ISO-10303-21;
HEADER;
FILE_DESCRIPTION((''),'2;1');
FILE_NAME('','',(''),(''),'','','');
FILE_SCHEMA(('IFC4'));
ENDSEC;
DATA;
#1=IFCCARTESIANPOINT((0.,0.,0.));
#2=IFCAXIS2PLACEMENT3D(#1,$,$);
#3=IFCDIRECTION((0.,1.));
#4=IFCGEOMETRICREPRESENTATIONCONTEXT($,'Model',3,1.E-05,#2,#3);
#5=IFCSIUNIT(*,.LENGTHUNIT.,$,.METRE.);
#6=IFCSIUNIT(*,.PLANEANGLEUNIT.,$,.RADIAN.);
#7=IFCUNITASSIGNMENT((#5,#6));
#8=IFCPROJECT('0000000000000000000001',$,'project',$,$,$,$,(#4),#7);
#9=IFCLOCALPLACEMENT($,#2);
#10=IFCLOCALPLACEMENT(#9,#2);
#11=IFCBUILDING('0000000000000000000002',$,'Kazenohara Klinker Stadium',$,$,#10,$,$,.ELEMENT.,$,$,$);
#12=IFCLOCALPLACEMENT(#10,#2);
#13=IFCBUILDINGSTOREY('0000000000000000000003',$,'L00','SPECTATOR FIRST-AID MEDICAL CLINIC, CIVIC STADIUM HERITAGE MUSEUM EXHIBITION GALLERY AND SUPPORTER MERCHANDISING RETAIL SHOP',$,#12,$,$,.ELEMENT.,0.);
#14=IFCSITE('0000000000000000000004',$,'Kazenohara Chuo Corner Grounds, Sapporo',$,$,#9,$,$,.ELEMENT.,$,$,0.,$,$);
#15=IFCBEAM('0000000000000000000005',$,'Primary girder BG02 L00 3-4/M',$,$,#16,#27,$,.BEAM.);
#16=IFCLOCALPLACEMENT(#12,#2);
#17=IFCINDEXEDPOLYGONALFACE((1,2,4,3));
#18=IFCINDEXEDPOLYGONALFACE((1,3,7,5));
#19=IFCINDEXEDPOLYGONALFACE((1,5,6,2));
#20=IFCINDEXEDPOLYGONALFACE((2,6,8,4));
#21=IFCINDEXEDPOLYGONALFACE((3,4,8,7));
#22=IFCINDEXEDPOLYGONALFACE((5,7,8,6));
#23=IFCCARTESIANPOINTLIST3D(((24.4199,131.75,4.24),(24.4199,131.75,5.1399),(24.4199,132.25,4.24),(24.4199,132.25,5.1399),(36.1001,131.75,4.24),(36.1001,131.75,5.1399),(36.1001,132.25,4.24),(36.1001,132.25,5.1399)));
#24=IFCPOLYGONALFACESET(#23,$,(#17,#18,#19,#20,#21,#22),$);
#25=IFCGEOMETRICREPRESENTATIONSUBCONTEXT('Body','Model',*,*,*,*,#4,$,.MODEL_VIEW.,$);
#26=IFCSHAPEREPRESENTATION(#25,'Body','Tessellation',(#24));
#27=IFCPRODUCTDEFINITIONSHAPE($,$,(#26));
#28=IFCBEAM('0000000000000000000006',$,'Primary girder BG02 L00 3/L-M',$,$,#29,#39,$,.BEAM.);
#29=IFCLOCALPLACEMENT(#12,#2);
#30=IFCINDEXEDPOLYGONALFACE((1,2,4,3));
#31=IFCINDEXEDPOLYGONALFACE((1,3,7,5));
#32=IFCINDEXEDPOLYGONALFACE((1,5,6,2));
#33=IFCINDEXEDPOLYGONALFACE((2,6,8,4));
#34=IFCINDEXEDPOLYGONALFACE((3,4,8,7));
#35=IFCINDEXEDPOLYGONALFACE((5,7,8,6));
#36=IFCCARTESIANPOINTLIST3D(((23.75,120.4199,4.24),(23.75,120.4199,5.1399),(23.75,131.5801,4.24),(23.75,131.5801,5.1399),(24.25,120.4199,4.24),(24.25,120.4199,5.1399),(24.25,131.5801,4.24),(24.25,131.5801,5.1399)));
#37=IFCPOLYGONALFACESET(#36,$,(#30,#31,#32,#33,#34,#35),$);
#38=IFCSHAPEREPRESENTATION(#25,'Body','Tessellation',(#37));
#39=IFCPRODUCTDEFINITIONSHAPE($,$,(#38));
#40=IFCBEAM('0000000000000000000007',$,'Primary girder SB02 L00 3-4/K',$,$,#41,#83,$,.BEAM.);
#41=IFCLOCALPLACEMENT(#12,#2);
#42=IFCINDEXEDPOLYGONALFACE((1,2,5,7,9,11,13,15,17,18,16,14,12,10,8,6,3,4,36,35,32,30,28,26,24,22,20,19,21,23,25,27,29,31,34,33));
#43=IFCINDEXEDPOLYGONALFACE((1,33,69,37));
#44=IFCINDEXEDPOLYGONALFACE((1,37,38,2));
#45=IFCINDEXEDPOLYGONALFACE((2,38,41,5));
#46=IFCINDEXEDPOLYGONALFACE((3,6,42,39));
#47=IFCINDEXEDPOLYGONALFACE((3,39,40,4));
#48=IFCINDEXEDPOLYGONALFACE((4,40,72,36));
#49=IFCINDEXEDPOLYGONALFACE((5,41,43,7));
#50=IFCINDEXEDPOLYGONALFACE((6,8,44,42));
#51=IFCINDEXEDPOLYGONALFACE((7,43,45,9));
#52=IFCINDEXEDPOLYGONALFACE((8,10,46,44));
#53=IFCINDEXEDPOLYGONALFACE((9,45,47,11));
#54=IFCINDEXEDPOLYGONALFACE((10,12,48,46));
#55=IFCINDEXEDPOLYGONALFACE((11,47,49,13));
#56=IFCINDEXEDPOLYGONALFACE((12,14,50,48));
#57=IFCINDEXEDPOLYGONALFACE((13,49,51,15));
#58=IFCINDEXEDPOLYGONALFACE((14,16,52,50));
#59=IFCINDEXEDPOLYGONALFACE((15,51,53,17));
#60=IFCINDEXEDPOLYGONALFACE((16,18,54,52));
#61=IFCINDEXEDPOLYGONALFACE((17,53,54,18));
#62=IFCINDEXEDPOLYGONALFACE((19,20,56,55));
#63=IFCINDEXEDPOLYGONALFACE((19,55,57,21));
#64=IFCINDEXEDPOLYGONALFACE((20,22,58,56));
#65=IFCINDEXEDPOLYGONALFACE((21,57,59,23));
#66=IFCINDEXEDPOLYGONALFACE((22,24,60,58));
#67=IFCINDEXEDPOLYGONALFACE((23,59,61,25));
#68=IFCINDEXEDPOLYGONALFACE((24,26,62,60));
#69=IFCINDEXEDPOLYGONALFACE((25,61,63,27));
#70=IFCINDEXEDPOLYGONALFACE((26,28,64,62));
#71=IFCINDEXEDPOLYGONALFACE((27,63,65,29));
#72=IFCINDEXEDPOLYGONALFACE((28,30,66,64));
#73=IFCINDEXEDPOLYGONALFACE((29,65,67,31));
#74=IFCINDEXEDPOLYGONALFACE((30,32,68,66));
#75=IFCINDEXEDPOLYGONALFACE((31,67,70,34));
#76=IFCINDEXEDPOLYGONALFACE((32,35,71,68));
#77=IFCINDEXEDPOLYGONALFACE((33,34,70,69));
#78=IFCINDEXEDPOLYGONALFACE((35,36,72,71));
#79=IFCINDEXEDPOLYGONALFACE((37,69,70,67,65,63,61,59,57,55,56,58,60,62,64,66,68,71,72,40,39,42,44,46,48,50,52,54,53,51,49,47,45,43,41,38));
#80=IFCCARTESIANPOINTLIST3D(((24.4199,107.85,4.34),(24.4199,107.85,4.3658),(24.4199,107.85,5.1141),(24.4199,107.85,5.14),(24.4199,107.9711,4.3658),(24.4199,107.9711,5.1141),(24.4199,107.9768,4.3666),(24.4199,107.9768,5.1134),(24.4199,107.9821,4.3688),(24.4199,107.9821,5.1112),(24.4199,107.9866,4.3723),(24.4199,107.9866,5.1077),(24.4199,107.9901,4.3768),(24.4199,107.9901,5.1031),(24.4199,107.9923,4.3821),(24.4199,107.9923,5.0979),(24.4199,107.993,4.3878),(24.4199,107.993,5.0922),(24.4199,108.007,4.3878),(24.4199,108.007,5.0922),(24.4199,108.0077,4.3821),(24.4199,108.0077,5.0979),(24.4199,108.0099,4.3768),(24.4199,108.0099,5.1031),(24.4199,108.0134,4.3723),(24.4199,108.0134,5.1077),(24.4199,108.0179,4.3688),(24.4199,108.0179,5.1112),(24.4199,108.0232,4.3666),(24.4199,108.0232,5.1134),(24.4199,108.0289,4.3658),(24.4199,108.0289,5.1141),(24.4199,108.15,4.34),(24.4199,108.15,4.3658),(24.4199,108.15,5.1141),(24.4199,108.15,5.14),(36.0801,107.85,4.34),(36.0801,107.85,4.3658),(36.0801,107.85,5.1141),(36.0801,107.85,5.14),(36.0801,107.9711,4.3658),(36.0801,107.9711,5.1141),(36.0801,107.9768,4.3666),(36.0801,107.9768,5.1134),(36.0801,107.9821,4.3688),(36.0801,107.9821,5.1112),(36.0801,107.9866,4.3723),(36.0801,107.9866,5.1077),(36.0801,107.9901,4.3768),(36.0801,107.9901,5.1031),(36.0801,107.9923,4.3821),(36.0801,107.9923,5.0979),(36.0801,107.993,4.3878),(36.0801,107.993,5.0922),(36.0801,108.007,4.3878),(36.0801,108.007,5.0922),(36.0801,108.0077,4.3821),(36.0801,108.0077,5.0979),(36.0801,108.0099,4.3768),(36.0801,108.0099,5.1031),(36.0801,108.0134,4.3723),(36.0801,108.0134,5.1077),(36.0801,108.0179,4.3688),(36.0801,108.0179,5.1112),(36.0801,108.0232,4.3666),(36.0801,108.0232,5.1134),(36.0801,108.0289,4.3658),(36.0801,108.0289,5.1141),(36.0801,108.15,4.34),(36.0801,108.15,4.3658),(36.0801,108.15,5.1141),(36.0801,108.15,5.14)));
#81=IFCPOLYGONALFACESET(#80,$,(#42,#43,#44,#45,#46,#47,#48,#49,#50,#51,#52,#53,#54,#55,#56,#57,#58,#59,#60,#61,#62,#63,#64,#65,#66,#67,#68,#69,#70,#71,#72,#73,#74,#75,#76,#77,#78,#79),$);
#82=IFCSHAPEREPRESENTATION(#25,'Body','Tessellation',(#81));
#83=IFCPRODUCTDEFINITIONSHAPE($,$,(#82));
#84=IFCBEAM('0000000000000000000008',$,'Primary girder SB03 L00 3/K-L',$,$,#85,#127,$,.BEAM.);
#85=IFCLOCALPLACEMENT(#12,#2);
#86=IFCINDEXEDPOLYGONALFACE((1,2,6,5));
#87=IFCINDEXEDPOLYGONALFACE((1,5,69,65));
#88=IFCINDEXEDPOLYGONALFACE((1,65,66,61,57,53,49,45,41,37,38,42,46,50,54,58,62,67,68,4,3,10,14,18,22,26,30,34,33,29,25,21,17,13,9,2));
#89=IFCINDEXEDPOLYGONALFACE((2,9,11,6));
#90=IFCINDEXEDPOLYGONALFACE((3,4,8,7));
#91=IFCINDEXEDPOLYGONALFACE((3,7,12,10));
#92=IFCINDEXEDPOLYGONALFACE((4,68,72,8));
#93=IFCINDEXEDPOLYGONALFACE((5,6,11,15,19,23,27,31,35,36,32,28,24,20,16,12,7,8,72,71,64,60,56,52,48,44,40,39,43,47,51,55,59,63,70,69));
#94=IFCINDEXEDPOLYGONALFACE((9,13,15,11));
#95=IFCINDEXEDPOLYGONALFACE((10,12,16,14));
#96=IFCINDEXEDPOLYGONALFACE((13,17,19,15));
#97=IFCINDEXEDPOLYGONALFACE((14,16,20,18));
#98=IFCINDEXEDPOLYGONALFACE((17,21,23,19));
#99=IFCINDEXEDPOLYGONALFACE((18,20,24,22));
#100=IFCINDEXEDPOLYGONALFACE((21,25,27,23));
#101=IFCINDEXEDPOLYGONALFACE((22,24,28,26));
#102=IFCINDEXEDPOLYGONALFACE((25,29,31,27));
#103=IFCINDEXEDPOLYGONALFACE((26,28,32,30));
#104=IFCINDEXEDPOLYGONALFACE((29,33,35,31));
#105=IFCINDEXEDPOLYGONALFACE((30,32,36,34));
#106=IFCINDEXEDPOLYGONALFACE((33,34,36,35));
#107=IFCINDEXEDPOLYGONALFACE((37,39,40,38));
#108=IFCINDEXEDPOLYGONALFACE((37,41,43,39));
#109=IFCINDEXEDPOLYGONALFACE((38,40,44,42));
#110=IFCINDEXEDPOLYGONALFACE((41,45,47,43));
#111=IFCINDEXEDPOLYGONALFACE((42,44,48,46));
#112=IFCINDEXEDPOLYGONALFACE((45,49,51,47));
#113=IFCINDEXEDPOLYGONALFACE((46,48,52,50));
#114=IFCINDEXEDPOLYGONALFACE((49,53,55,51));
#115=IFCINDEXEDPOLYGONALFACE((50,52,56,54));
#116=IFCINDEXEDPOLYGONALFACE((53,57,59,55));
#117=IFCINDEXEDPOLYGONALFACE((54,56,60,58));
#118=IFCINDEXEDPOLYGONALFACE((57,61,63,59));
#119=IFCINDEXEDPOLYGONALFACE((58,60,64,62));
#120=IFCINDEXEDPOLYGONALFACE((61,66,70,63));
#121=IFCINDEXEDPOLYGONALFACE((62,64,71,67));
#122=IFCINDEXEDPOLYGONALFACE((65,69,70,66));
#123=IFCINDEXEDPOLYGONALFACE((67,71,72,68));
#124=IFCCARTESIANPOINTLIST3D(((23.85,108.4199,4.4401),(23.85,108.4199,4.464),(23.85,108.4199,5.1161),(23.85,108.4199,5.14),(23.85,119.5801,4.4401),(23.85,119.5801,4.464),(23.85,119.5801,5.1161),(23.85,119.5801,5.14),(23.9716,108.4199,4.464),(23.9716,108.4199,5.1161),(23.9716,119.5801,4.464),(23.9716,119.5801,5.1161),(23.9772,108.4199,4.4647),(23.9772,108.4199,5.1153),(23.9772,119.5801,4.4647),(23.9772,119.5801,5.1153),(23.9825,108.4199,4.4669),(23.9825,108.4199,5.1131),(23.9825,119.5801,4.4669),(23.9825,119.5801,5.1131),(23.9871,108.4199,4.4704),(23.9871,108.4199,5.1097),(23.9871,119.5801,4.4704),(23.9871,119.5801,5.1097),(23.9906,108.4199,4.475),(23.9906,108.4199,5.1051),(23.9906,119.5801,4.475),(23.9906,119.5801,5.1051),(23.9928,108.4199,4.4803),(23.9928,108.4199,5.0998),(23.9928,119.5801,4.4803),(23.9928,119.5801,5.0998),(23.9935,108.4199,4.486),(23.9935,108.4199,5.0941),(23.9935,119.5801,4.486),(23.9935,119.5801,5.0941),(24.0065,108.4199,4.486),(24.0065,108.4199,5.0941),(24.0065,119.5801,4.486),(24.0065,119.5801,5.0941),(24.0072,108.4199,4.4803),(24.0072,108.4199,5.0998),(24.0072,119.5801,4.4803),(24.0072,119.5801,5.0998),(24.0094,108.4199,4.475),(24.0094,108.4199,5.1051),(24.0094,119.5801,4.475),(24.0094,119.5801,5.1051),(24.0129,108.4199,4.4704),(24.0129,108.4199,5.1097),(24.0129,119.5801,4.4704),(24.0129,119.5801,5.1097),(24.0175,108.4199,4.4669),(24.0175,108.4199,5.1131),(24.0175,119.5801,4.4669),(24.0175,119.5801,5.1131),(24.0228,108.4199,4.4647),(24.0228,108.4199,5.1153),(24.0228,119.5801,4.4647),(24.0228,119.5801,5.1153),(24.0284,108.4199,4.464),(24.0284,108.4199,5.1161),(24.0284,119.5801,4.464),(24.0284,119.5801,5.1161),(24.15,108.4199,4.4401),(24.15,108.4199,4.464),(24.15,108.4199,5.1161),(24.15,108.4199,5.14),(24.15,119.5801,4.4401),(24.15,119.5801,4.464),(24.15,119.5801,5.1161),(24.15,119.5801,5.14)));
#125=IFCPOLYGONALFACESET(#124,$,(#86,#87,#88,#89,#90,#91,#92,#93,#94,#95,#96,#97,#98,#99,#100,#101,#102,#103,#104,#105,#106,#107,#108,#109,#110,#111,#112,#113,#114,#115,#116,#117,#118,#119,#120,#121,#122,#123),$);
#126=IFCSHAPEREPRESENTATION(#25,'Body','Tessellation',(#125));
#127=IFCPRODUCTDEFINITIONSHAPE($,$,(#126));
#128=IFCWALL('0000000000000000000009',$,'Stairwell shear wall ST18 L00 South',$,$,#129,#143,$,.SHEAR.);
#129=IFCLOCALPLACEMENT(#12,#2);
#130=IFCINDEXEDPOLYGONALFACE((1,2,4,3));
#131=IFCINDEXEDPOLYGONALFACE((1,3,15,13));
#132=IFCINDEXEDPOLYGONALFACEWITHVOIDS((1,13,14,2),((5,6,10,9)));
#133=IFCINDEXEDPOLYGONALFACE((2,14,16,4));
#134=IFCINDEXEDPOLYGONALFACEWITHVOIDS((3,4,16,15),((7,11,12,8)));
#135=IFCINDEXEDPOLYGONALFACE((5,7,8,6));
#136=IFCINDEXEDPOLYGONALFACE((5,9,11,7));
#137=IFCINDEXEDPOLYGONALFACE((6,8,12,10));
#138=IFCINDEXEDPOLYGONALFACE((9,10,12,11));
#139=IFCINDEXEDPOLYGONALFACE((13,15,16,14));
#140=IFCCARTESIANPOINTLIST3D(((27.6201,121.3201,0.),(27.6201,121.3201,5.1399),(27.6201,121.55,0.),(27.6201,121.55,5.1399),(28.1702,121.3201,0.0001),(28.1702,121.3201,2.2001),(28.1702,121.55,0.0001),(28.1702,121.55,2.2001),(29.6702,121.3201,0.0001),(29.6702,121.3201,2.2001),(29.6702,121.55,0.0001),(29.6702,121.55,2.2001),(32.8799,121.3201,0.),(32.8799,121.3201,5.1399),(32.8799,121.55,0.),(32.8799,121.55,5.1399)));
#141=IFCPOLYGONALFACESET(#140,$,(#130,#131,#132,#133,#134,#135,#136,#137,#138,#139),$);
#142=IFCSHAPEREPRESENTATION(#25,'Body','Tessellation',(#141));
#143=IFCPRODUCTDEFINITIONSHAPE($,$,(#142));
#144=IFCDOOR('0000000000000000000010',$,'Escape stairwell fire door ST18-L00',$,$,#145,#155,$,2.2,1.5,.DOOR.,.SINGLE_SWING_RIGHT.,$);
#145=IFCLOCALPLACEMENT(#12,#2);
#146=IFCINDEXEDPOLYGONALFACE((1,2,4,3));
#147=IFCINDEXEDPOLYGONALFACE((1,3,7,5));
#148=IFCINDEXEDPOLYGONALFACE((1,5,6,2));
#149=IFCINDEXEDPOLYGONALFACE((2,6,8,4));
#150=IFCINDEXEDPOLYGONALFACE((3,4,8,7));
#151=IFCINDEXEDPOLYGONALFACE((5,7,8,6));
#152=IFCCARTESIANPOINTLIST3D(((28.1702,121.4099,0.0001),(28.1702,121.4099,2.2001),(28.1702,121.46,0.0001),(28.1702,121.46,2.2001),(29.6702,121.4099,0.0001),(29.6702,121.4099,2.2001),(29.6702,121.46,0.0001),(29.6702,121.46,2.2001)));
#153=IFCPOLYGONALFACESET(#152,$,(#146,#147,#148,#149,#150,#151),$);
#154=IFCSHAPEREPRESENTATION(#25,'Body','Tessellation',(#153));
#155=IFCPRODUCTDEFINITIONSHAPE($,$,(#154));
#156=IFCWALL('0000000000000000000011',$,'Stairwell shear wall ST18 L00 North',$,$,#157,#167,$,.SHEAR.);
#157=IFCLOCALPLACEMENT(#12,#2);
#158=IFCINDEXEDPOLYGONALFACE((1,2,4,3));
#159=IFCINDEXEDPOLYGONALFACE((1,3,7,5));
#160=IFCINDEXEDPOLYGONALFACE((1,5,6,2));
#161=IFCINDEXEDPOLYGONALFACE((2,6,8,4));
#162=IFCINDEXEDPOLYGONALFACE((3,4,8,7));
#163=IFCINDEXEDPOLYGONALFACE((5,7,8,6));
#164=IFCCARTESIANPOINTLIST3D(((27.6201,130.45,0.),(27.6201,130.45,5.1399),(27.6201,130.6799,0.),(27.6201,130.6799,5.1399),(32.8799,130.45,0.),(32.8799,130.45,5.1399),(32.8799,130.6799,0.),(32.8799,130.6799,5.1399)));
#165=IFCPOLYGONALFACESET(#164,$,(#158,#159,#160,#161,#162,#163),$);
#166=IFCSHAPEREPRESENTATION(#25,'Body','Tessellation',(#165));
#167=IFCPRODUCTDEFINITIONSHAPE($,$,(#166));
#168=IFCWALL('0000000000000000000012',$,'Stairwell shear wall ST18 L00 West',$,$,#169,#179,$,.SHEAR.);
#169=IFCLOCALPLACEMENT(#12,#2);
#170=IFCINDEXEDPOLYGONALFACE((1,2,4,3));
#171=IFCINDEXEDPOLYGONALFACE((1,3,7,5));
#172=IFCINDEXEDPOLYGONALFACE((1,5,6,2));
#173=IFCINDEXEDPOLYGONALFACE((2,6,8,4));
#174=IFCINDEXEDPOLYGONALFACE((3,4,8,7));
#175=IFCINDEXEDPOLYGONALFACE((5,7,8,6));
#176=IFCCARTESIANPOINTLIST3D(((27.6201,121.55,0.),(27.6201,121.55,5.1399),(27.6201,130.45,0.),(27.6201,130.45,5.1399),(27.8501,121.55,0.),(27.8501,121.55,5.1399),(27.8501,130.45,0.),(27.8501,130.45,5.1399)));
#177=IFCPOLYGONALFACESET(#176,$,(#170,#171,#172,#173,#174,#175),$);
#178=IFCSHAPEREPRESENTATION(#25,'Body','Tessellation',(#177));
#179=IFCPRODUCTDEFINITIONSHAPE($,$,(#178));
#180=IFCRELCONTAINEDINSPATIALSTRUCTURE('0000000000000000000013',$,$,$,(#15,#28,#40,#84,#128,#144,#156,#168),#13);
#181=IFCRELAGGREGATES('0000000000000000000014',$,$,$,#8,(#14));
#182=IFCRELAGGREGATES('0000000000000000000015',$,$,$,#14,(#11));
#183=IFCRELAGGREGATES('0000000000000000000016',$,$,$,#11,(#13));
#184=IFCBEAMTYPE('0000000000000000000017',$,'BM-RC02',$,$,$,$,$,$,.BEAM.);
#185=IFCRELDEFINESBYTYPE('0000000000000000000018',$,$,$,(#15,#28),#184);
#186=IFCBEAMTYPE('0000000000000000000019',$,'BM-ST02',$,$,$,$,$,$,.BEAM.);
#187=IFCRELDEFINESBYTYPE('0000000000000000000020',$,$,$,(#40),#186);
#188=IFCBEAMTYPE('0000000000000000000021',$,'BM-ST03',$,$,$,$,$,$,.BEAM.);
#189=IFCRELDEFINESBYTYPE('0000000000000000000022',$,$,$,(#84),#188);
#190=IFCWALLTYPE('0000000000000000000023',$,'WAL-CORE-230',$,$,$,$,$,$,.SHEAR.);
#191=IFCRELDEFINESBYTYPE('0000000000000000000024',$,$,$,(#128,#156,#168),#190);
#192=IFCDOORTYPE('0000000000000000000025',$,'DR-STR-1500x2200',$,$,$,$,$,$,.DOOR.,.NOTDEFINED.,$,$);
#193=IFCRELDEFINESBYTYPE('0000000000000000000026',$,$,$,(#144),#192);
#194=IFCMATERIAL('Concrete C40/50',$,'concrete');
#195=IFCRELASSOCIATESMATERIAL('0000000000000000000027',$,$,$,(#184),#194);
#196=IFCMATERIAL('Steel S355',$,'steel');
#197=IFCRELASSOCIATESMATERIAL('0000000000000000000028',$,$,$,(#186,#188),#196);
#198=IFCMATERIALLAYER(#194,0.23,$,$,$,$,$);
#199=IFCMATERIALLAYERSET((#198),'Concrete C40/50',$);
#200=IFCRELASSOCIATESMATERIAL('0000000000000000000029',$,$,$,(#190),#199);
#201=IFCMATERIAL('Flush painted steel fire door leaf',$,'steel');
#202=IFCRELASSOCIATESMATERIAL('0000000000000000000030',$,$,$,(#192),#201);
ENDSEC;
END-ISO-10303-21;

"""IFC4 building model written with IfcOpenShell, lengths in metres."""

from ifc_helpers import new_model, si_unit, direction, frame, frame_2d, origin, origin_2d, place, context, subcontext, project, spatial, rectangle, i_section, extrude, material, layer, layer_set, material_profile, profile_set, type_object, element, fill, save


model = new_model("IFC4")

# Units and contexts
model_context = context("Model", 3, precision=1e-05, world=origin(), true_north=direction((0.0, 1.0)))
body_context = subcontext(model_context, "Body", "Model", "MODEL_VIEW")
ifc_project = project(units=[si_unit("LENGTHUNIT", "METRE"), si_unit("PLANEANGLEUNIT", "RADIAN")], contexts=[model_context])

# Site, building, storey
site_placement = place(None, origin())
site = spatial("IfcSite", under=ifc_project, at=site_placement, Name="Kazenohara Chuo Corner Grounds, Sapporo", CompositionType="ELEMENT", RefElevation=0.0)
building_placement = place(site_placement, origin())
building = spatial("IfcBuilding", under=site, at=building_placement, Name="Kazenohara Klinker Stadium", CompositionType="ELEMENT")
storey_placement = place(building_placement, origin())
storey = spatial("IfcBuildingStorey", under=building, at=storey_placement, Name="L00", Description="SPECTATOR FIRST-AID MEDICAL CLINIC, CIVIC STADIUM HERITAGE MUSEUM EXHIBITION GALLERY AND SUPPORTER MERCHANDISING RETAIL SHOP", CompositionType="ELEMENT", Elevation=0.0)

# Shared definitions
ifc_material_1 = material(Name="Concrete C40/50", Category="concrete")

# Beams
ifc_material_2 = material(Name="Steel S355", Category="steel")
ifc_material_profile_1 = material_profile(ifc_material_1, rectangle(XDim=0.5, YDim=0.8999, at=origin_2d()), Name="RC-BM-500x900")
ifc_profile_set_1 = profile_set([ifc_material_profile_1], Name="Concrete C40/50")
beam_type_1 = type_object("IfcBeamType", Name="BM-RC02", PredefinedType="BEAM", material=ifc_profile_set_1)
beam_1_placement = place(storey_placement, frame((24.4199, 132.0, 4.6899), z_axis=(1.0, 0.0, 0.0), x_axis=(0.0, 1.0, 0.0)))
element("IfcBeam", 1, at=beam_1_placement, inside=storey, type_object=beam_type_1, Name="Primary girder BG02 L00 3-4/M", PredefinedType="BEAM", context=body_context, shape_type="SweptSolid", body=[
    extrude(rectangle(XDim=0.5, YDim=0.8999, at=origin_2d()), origin(), (0.0, 0.0, 1.0), 11.6802),
])
beam_2_placement = place(storey_placement, frame((24.0, 120.4199, 4.6899), z_axis=(0.0, 1.0, 0.0), x_axis=(-1.0, 0.0, 0.0)))
element("IfcBeam", 2, at=beam_2_placement, inside=storey, type_object=beam_type_1, Name="Primary girder BG02 L00 3/L-M", PredefinedType="BEAM", context=body_context, shape_type="SweptSolid", body=[
    extrude(rectangle(XDim=0.5, YDim=0.8999, at=origin_2d()), origin(), (0.0, 0.0, 1.0), 11.1602),
])
ifc_material_profile_2 = material_profile(ifc_material_2, i_section(OverallWidth=0.3, OverallDepth=0.8, WebThickness=0.0139, FlangeThickness=0.0259, FilletRadius=0.022, at=origin_2d()), Name="H-800x300x14x26")
ifc_profile_set_2 = profile_set([ifc_material_profile_2], Name="Steel S355")
beam_type_2 = type_object("IfcBeamType", Name="BM-ST02", PredefinedType="BEAM", material=ifc_profile_set_2)
beam_3_placement = place(storey_placement, frame((24.4199, 108.0, 4.74), z_axis=(1.0, 0.0, 0.0), x_axis=(0.0, 1.0, 0.0)))
element("IfcBeam", 3, at=beam_3_placement, inside=storey, type_object=beam_type_2, Name="Primary girder SB02 L00 3-4/K", PredefinedType="BEAM", context=body_context, shape_type="SweptSolid", body=[
    extrude(i_section(OverallWidth=0.3, OverallDepth=0.8, WebThickness=0.0139, FlangeThickness=0.0259, FilletRadius=0.022, at=origin_2d()), origin(), (0.0, 0.0, 1.0), 11.6602),
])
ifc_material_profile_3 = material_profile(ifc_material_2, i_section(OverallWidth=0.3, OverallDepth=0.7, WebThickness=0.0129, FlangeThickness=0.0239, FilletRadius=0.022, at=origin_2d()), Name="H-700x300x13x24")
ifc_profile_set_3 = profile_set([ifc_material_profile_3], Name="Steel S355")
beam_type_3 = type_object("IfcBeamType", Name="BM-ST03", PredefinedType="BEAM", material=ifc_profile_set_3)
beam_4_placement = place(storey_placement, frame((24.0, 108.4199, 4.79), z_axis=(0.0, 1.0, 0.0), x_axis=(-1.0, 0.0, 0.0)))
element("IfcBeam", 4, at=beam_4_placement, inside=storey, type_object=beam_type_3, Name="Primary girder SB03 L00 3/K-L", PredefinedType="BEAM", context=body_context, shape_type="SweptSolid", body=[
    extrude(i_section(OverallWidth=0.3, OverallDepth=0.7, WebThickness=0.0129, FlangeThickness=0.0239, FilletRadius=0.022, at=origin_2d()), origin(), (0.0, 0.0, 1.0), 11.1602),
])

# Wall, opening, door
ifc_layer_1 = layer(ifc_material_1, 0.23)
ifc_layer_set_1 = layer_set([ifc_layer_1], Name="Concrete C40/50")
wall_type_1 = type_object("IfcWallType", Name="WAL-CORE-230", PredefinedType="SHEAR", material=ifc_layer_set_1)
wall_1_placement = place(storey_placement, frame((27.6201, 121.4351, 0.0), z_axis=(0.0, 0.0, 1.0), x_axis=(1.0, 0.0, 0.0)))
wall_1 = element("IfcWall", 5, at=wall_1_placement, inside=storey, type_object=wall_type_1, Name="Stairwell shear wall ST18 L00 South", PredefinedType="SHEAR", context=body_context, shape_type="SweptSolid", body=[
    extrude(rectangle(XDim=5.2598, YDim=0.23, at=frame_2d((2.6299, 0.0))), origin(), (0.0, 0.0, 1.0), 5.1399),
])
opening_1_placement = place(wall_1_placement, frame((0.55, 0.0, 0.0)))
opening_1 = element("IfcOpeningElement", 6, at=opening_1_placement, cuts=wall_1, PredefinedType="OPENING", context=body_context, shape_type="SweptSolid", body=[
    extrude(rectangle(XDim=1.5, YDim=2.2, at=frame_2d((0.75, 1.1001))), frame((0.0, 0.125, 0.0), z_axis=(0.0, -1.0, 0.0), x_axis=(1.0, 0.0, 0.0)), (0.0, 0.0, 1.0), 0.25),
])
ifc_material_3 = material(Name="Flush painted steel fire door leaf", Category="steel")
door_type_1 = type_object("IfcDoorType", Name="DR-STR-1500x2200", OperationType="NOTDEFINED", PredefinedType="DOOR", material=ifc_material_3)
door_1_placement = place(opening_1_placement, origin())
door_1 = element("IfcDoor", 7, at=door_1_placement, inside=storey, type_object=door_type_1, Name="Escape stairwell fire door ST18-L00", OperationType="SINGLE_SWING_RIGHT", OverallHeight=2.2, OverallWidth=1.5, PredefinedType="DOOR", context=body_context, shape_type="SweptSolid", body=[
    extrude(rectangle(XDim=1.5, YDim=2.2, at=frame_2d((0.75, 1.1001))), frame((0.0, 0.0249, 0.0), z_axis=(0.0, -1.0, 0.0), x_axis=(1.0, 0.0, 0.0)), (0.0, 0.0, 1.0), 0.05),
])
fill(opening_1, door_1)

# Walls
wall_2_placement = place(storey_placement, frame((27.6201, 130.5649, 0.0), z_axis=(0.0, 0.0, 1.0), x_axis=(1.0, 0.0, 0.0)))
element("IfcWall", 8, at=wall_2_placement, inside=storey, type_object=wall_type_1, Name="Stairwell shear wall ST18 L00 North", PredefinedType="SHEAR", context=body_context, shape_type="SweptSolid", body=[
    extrude(rectangle(XDim=5.2598, YDim=0.23, at=frame_2d((2.6299, 0.0))), origin(), (0.0, 0.0, 1.0), 5.1399),
])
for number, where, z_axis, x_axis, name in (
    (9, (27.7351, 121.55, 0.0), (0.0, 0.0, 1.0), (0.0, 1.0, 0.0), "Stairwell shear wall ST18 L00 West"),
):
    element("IfcWall", number, at=place(storey_placement, frame(where, z_axis=z_axis, x_axis=x_axis)), inside=storey, type_object=wall_type_1, Name=name, PredefinedType="SHEAR", context=body_context, shape_type="SweptSolid", body=[
        extrude(rectangle(XDim=8.8999, YDim=0.23, at=frame_2d((4.45, 0.0))), origin(), (0.0, 0.0, 1.0), 5.1399),
    ])

save(model, "model.ifc")
